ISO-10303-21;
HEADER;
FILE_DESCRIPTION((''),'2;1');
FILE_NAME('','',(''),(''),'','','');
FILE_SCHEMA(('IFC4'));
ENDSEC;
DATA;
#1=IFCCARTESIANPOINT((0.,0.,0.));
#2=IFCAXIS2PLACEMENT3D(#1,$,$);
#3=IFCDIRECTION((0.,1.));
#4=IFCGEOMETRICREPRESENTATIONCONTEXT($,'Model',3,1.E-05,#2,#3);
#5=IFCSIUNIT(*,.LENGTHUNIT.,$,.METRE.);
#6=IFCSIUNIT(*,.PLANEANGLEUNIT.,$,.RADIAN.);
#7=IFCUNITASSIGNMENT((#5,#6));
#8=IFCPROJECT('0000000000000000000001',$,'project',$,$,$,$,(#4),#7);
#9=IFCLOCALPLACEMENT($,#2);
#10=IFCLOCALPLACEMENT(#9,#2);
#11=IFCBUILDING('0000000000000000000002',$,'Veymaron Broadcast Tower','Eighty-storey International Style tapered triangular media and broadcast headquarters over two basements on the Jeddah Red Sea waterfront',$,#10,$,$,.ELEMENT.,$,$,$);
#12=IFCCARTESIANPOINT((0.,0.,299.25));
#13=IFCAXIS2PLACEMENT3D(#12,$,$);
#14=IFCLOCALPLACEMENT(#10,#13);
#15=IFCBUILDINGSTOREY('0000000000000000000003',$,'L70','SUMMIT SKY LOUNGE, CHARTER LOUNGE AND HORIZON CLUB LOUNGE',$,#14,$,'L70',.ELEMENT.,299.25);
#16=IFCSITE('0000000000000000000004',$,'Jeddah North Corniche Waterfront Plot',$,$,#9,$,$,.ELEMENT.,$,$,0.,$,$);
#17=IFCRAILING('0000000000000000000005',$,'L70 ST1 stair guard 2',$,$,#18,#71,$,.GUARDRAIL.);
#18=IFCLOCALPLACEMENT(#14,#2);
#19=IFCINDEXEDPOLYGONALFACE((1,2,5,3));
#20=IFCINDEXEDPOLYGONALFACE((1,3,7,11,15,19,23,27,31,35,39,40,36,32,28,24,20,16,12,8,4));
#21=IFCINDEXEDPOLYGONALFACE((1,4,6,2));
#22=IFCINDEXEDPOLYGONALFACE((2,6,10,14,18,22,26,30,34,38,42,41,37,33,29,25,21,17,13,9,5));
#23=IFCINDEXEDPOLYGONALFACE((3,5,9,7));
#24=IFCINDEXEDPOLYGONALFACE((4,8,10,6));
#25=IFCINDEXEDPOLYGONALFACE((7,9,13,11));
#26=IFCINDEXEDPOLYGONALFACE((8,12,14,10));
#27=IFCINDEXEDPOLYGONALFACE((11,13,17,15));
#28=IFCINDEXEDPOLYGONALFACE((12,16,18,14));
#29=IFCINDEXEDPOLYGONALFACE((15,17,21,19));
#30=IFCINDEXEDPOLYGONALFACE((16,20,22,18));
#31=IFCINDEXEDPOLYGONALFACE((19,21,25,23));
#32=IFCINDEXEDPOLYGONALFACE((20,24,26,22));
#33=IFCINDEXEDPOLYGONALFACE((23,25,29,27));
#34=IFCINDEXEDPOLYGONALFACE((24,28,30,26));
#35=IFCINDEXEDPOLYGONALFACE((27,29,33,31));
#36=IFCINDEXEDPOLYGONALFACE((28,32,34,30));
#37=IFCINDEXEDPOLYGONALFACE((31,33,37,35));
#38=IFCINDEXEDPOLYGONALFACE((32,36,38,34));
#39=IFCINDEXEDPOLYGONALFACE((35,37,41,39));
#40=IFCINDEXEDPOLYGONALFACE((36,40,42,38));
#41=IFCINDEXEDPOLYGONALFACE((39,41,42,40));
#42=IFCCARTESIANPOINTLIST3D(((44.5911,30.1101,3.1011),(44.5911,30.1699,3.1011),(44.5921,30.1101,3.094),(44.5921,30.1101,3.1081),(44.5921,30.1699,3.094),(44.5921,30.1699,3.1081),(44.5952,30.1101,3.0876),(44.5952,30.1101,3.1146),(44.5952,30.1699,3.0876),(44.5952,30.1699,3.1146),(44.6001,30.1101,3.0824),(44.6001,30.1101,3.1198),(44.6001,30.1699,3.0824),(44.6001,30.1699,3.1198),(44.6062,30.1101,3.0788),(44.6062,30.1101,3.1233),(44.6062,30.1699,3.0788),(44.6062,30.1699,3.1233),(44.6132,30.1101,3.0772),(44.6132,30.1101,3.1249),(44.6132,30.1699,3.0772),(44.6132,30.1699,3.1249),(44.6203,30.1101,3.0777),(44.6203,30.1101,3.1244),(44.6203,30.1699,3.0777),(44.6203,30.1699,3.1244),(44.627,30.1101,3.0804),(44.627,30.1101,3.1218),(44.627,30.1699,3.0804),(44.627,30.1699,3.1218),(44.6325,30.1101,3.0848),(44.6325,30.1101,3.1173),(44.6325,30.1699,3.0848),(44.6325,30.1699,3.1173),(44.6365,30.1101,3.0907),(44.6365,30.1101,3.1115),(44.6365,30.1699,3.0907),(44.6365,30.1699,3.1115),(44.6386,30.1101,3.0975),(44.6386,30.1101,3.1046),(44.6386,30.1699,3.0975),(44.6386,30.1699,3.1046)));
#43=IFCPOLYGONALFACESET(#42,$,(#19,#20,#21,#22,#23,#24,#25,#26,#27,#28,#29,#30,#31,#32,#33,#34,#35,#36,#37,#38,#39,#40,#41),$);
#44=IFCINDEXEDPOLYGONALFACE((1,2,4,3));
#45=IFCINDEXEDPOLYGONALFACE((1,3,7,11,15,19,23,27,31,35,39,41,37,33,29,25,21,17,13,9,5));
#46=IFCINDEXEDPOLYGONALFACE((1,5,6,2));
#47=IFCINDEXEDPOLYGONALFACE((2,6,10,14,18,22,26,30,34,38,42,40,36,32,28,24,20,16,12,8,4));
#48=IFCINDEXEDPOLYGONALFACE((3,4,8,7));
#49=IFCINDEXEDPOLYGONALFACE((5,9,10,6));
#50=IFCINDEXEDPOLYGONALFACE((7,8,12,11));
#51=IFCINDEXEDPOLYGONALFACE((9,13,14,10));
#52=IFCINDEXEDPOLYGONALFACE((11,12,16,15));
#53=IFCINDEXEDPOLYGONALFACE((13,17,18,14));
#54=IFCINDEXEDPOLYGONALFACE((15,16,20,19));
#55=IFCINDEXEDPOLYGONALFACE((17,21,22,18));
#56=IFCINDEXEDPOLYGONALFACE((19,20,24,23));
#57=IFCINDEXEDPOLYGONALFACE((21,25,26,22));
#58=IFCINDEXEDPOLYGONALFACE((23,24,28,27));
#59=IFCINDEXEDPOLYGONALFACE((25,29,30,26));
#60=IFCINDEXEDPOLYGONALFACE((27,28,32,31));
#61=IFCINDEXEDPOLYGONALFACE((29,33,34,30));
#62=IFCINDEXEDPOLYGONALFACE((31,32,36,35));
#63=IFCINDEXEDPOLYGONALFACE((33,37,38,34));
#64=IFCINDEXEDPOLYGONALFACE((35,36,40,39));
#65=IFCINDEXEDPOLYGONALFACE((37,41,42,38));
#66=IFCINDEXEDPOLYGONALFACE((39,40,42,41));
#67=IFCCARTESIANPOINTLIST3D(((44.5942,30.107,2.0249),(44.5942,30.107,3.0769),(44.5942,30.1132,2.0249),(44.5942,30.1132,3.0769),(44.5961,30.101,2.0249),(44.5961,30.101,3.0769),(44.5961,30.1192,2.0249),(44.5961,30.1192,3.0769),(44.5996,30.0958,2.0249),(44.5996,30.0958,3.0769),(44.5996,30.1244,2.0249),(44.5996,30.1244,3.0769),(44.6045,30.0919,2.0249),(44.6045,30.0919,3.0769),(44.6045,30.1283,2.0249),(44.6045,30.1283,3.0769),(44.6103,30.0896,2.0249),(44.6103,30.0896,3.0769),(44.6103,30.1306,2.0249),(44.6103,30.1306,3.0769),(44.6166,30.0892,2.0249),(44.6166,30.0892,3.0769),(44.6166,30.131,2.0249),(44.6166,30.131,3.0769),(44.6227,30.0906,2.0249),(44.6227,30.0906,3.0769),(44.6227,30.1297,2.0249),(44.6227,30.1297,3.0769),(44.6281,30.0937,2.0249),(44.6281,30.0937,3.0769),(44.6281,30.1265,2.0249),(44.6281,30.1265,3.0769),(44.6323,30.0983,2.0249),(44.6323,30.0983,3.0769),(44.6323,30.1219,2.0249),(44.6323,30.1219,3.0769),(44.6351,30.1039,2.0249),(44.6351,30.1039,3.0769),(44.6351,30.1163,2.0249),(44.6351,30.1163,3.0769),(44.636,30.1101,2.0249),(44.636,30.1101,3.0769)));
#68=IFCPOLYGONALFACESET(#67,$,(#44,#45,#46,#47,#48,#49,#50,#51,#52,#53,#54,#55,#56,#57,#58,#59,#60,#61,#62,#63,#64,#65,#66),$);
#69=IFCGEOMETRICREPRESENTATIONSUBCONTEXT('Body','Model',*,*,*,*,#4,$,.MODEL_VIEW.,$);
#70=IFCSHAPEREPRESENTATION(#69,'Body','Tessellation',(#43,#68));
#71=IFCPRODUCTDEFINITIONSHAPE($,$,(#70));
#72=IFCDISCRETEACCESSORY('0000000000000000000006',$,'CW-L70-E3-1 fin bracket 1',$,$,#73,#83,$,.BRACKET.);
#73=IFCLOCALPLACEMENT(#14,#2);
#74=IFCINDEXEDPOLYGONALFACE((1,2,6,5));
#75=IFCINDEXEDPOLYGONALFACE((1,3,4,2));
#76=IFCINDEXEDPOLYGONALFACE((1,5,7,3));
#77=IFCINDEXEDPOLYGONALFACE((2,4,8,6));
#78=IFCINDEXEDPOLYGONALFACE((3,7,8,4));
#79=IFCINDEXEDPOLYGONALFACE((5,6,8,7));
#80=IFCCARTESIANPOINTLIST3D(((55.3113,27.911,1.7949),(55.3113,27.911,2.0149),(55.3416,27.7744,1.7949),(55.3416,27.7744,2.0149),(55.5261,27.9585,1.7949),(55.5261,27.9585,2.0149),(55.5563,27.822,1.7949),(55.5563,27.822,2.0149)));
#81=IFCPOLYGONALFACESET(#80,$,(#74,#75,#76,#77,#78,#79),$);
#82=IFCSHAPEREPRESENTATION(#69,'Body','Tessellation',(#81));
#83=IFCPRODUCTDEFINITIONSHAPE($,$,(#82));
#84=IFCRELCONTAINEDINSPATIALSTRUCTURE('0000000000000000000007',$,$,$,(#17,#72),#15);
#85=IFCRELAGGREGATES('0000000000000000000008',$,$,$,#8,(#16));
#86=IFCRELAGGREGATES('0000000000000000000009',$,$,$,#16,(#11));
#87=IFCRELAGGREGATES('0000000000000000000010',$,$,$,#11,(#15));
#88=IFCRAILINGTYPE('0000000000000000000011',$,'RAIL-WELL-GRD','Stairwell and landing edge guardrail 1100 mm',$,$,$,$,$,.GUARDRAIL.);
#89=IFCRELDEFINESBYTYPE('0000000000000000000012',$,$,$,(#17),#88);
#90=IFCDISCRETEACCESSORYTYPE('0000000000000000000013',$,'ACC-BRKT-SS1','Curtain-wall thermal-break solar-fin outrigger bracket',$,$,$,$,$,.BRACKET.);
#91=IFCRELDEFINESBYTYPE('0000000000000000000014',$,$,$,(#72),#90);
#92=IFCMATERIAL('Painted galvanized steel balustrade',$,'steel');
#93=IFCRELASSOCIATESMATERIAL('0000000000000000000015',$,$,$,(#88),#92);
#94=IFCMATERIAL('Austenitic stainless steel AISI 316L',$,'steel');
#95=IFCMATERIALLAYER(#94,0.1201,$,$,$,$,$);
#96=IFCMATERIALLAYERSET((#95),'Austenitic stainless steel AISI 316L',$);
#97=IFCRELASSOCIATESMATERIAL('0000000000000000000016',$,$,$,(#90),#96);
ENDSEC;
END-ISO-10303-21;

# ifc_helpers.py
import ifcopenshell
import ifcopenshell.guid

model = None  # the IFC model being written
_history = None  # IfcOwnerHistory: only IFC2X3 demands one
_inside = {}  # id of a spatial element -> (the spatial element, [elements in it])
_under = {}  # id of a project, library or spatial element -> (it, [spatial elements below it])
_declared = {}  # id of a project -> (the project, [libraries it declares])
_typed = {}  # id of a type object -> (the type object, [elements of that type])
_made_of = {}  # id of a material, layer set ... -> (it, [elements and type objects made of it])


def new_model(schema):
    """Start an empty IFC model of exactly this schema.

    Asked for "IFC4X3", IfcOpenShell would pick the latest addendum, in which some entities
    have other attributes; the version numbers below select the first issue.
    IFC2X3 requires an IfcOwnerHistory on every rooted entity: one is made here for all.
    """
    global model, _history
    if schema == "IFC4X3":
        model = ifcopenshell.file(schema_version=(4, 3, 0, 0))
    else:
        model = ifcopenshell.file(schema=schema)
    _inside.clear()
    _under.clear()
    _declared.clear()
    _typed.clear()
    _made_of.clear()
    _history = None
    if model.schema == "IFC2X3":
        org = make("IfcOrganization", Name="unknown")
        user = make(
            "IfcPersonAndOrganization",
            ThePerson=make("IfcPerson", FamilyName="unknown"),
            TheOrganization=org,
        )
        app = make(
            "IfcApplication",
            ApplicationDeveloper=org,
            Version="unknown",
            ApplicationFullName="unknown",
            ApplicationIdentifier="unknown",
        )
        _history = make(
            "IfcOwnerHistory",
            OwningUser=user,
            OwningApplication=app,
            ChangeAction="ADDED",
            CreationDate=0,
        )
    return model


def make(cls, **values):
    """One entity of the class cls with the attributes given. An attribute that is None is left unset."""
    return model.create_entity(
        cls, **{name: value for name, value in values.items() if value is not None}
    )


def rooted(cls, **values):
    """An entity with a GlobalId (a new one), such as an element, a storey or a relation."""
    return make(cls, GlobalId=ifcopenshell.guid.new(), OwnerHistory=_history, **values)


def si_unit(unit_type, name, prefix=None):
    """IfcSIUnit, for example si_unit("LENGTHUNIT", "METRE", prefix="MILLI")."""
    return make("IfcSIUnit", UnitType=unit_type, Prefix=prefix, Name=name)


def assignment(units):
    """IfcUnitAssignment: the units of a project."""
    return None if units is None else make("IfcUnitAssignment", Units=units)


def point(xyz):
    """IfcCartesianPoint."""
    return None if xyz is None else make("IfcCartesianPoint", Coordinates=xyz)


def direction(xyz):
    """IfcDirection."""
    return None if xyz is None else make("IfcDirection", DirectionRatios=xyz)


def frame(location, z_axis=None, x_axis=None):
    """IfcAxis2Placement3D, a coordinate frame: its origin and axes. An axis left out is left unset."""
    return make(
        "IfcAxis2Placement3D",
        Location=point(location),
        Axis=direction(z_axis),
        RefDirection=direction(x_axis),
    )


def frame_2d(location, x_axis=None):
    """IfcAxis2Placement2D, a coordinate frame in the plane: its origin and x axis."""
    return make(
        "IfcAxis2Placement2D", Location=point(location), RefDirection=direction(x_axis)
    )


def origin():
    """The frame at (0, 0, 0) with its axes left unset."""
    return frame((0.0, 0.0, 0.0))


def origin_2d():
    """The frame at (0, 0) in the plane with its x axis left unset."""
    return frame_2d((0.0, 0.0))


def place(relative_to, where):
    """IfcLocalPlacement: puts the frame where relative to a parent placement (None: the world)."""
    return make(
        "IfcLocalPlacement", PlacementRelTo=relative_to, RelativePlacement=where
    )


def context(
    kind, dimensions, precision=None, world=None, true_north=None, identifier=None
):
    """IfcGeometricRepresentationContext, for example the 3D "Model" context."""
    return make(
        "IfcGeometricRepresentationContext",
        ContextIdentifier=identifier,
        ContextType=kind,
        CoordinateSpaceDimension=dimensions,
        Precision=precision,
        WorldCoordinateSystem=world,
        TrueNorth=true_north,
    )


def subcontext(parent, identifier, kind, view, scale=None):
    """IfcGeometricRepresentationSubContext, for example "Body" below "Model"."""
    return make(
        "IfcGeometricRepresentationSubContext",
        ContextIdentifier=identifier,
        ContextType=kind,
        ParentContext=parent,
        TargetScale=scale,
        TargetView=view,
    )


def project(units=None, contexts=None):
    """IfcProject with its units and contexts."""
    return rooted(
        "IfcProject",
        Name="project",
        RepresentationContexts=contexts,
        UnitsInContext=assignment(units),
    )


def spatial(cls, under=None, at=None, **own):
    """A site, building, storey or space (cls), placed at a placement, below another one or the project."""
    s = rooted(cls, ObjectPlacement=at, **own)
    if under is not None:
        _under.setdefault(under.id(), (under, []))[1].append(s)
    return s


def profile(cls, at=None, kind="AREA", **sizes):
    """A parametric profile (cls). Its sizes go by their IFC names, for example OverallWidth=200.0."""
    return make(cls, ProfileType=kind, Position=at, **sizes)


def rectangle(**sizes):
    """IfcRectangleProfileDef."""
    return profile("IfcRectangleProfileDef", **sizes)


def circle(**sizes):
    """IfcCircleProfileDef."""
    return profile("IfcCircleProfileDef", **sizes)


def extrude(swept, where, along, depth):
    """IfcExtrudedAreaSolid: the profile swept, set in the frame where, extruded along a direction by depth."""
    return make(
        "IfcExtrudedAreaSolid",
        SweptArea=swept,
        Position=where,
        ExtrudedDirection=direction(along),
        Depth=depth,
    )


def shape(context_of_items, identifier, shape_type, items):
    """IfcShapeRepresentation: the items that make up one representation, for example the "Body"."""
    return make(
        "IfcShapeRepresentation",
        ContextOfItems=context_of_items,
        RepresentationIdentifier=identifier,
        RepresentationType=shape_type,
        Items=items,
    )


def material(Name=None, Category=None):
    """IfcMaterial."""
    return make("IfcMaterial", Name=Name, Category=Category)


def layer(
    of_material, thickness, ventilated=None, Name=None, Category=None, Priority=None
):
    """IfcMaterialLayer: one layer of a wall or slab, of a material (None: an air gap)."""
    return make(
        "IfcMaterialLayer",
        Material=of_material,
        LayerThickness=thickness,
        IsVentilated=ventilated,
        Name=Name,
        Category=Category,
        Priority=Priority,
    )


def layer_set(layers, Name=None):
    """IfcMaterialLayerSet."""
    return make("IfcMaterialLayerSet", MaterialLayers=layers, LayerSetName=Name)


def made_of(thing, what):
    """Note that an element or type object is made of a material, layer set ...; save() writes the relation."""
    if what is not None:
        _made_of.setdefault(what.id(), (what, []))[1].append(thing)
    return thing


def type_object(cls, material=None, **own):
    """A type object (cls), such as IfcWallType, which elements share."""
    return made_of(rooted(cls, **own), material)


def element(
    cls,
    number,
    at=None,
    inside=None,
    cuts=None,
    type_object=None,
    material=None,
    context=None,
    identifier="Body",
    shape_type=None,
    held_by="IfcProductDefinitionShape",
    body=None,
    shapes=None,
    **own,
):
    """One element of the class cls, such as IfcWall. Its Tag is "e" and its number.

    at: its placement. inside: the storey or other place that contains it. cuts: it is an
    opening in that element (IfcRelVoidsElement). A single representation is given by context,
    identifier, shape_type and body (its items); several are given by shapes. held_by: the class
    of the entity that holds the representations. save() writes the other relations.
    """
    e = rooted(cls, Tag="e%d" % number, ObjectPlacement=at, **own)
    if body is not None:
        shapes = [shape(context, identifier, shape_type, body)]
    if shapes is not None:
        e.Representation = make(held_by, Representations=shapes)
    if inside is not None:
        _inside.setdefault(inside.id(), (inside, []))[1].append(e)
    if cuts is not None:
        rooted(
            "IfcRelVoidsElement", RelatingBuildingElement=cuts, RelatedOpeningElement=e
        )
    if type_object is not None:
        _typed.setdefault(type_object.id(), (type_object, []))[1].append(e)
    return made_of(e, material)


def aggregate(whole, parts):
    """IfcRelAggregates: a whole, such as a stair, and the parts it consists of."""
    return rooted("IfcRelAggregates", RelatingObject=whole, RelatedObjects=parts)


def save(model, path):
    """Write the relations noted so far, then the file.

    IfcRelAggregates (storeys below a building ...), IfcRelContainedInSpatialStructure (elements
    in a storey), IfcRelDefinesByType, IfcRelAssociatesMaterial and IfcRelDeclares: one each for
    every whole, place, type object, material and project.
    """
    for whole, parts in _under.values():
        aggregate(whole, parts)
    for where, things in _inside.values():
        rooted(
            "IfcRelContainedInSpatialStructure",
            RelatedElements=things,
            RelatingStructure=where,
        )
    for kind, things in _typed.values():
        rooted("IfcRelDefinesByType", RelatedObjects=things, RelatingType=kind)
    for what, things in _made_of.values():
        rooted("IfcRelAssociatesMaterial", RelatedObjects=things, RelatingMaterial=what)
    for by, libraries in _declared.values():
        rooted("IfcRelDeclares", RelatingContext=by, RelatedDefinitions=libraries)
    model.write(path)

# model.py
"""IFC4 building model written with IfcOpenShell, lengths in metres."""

from ifc_helpers import new_model, si_unit, direction, frame, origin, origin_2d, place, context, subcontext, project, spatial, rectangle, circle, extrude, material, layer, layer_set, type_object, element, save


model = new_model("IFC4")

# Units and contexts
model_context = context("Model", 3, precision=1e-05, world=origin(), true_north=direction((0.0, 1.0)))
body_context = subcontext(model_context, "Body", "Model", "MODEL_VIEW")
ifc_project = project(units=[si_unit("LENGTHUNIT", "METRE"), si_unit("PLANEANGLEUNIT", "RADIAN")], contexts=[model_context])

# Site, building, storey
site_placement = place(None, origin())
site = spatial("IfcSite", under=ifc_project, at=site_placement, Name="Jeddah North Corniche Waterfront Plot", CompositionType="ELEMENT", RefElevation=0.0)
building_placement = place(site_placement, origin())
building = spatial("IfcBuilding", under=site, at=building_placement, Name="Veymaron Broadcast Tower", Description="Eighty-storey International Style tapered triangular media and broadcast headquarters over two basements on the Jeddah Red Sea waterfront", CompositionType="ELEMENT")
storey_placement = place(building_placement, frame((0.0, 0.0, 299.25)))
storey = spatial("IfcBuildingStorey", under=building, at=storey_placement, Name="L70", Description="SUMMIT SKY LOUNGE, CHARTER LOUNGE AND HORIZON CLUB LOUNGE", LongName="L70", CompositionType="ELEMENT", Elevation=299.25)

# Railing
ifc_material_1 = material(Name="Painted galvanized steel balustrade", Category="steel")
railing_type_1 = type_object("IfcRailingType", Name="RAIL-WELL-GRD", Description="Stairwell and landing edge guardrail 1100 mm", PredefinedType="GUARDRAIL", material=ifc_material_1)
railing_1_placement = place(storey_placement, frame((44.615, 30.1101, 2.0249)))
element("IfcRailing", 1, at=railing_1_placement, inside=storey, type_object=railing_type_1, Name="L70 ST1 stair guard 2", PredefinedType="GUARDRAIL", context=body_context, shape_type="SweptSolid", body=[
    extrude(circle(Radius=0.0239, at=origin_2d()), frame((0.0, 0.0, 1.0762), z_axis=(0.0, 1.0, 0.0), x_axis=(-1.0, 0.0, 0.0)), (0.0, 0.0, 1.0), 0.0598),
    extrude(circle(Radius=0.021, at=origin_2d()), origin(), (0.0, 0.0, 1.0), 1.052),
])

# Discrete accessory
ifc_material_2 = material(Name="Austenitic stainless steel AISI 316L", Category="steel")
ifc_layer_1 = layer(ifc_material_2, 0.1201)
ifc_layer_set_1 = layer_set([ifc_layer_1], Name="Austenitic stainless steel AISI 316L")
discrete_accessory_type = type_object("IfcDiscreteAccessoryType", Name="ACC-BRKT-SS1", Description="Curtain-wall thermal-break solar-fin outrigger bracket", PredefinedType="BRACKET", material=ifc_layer_set_1)
discrete_accessory_placement = place(storey_placement, frame((55.4338, 27.8665, 1.7949), z_axis=(0.0, 0.0, 1.0), x_axis=(0.976326, 0.216303, 0.0)))
element("IfcDiscreteAccessory", 2, at=discrete_accessory_placement, inside=storey, type_object=discrete_accessory_type, Name="CW-L70-E3-1 fin bracket 1", PredefinedType="BRACKET", context=body_context, shape_type="SweptSolid", body=[
    extrude(rectangle(XDim=0.22, YDim=0.1399, at=origin_2d()), origin(), (0.0, 0.0, 1.0), 0.22),
])

save(model, "model.ifc")
